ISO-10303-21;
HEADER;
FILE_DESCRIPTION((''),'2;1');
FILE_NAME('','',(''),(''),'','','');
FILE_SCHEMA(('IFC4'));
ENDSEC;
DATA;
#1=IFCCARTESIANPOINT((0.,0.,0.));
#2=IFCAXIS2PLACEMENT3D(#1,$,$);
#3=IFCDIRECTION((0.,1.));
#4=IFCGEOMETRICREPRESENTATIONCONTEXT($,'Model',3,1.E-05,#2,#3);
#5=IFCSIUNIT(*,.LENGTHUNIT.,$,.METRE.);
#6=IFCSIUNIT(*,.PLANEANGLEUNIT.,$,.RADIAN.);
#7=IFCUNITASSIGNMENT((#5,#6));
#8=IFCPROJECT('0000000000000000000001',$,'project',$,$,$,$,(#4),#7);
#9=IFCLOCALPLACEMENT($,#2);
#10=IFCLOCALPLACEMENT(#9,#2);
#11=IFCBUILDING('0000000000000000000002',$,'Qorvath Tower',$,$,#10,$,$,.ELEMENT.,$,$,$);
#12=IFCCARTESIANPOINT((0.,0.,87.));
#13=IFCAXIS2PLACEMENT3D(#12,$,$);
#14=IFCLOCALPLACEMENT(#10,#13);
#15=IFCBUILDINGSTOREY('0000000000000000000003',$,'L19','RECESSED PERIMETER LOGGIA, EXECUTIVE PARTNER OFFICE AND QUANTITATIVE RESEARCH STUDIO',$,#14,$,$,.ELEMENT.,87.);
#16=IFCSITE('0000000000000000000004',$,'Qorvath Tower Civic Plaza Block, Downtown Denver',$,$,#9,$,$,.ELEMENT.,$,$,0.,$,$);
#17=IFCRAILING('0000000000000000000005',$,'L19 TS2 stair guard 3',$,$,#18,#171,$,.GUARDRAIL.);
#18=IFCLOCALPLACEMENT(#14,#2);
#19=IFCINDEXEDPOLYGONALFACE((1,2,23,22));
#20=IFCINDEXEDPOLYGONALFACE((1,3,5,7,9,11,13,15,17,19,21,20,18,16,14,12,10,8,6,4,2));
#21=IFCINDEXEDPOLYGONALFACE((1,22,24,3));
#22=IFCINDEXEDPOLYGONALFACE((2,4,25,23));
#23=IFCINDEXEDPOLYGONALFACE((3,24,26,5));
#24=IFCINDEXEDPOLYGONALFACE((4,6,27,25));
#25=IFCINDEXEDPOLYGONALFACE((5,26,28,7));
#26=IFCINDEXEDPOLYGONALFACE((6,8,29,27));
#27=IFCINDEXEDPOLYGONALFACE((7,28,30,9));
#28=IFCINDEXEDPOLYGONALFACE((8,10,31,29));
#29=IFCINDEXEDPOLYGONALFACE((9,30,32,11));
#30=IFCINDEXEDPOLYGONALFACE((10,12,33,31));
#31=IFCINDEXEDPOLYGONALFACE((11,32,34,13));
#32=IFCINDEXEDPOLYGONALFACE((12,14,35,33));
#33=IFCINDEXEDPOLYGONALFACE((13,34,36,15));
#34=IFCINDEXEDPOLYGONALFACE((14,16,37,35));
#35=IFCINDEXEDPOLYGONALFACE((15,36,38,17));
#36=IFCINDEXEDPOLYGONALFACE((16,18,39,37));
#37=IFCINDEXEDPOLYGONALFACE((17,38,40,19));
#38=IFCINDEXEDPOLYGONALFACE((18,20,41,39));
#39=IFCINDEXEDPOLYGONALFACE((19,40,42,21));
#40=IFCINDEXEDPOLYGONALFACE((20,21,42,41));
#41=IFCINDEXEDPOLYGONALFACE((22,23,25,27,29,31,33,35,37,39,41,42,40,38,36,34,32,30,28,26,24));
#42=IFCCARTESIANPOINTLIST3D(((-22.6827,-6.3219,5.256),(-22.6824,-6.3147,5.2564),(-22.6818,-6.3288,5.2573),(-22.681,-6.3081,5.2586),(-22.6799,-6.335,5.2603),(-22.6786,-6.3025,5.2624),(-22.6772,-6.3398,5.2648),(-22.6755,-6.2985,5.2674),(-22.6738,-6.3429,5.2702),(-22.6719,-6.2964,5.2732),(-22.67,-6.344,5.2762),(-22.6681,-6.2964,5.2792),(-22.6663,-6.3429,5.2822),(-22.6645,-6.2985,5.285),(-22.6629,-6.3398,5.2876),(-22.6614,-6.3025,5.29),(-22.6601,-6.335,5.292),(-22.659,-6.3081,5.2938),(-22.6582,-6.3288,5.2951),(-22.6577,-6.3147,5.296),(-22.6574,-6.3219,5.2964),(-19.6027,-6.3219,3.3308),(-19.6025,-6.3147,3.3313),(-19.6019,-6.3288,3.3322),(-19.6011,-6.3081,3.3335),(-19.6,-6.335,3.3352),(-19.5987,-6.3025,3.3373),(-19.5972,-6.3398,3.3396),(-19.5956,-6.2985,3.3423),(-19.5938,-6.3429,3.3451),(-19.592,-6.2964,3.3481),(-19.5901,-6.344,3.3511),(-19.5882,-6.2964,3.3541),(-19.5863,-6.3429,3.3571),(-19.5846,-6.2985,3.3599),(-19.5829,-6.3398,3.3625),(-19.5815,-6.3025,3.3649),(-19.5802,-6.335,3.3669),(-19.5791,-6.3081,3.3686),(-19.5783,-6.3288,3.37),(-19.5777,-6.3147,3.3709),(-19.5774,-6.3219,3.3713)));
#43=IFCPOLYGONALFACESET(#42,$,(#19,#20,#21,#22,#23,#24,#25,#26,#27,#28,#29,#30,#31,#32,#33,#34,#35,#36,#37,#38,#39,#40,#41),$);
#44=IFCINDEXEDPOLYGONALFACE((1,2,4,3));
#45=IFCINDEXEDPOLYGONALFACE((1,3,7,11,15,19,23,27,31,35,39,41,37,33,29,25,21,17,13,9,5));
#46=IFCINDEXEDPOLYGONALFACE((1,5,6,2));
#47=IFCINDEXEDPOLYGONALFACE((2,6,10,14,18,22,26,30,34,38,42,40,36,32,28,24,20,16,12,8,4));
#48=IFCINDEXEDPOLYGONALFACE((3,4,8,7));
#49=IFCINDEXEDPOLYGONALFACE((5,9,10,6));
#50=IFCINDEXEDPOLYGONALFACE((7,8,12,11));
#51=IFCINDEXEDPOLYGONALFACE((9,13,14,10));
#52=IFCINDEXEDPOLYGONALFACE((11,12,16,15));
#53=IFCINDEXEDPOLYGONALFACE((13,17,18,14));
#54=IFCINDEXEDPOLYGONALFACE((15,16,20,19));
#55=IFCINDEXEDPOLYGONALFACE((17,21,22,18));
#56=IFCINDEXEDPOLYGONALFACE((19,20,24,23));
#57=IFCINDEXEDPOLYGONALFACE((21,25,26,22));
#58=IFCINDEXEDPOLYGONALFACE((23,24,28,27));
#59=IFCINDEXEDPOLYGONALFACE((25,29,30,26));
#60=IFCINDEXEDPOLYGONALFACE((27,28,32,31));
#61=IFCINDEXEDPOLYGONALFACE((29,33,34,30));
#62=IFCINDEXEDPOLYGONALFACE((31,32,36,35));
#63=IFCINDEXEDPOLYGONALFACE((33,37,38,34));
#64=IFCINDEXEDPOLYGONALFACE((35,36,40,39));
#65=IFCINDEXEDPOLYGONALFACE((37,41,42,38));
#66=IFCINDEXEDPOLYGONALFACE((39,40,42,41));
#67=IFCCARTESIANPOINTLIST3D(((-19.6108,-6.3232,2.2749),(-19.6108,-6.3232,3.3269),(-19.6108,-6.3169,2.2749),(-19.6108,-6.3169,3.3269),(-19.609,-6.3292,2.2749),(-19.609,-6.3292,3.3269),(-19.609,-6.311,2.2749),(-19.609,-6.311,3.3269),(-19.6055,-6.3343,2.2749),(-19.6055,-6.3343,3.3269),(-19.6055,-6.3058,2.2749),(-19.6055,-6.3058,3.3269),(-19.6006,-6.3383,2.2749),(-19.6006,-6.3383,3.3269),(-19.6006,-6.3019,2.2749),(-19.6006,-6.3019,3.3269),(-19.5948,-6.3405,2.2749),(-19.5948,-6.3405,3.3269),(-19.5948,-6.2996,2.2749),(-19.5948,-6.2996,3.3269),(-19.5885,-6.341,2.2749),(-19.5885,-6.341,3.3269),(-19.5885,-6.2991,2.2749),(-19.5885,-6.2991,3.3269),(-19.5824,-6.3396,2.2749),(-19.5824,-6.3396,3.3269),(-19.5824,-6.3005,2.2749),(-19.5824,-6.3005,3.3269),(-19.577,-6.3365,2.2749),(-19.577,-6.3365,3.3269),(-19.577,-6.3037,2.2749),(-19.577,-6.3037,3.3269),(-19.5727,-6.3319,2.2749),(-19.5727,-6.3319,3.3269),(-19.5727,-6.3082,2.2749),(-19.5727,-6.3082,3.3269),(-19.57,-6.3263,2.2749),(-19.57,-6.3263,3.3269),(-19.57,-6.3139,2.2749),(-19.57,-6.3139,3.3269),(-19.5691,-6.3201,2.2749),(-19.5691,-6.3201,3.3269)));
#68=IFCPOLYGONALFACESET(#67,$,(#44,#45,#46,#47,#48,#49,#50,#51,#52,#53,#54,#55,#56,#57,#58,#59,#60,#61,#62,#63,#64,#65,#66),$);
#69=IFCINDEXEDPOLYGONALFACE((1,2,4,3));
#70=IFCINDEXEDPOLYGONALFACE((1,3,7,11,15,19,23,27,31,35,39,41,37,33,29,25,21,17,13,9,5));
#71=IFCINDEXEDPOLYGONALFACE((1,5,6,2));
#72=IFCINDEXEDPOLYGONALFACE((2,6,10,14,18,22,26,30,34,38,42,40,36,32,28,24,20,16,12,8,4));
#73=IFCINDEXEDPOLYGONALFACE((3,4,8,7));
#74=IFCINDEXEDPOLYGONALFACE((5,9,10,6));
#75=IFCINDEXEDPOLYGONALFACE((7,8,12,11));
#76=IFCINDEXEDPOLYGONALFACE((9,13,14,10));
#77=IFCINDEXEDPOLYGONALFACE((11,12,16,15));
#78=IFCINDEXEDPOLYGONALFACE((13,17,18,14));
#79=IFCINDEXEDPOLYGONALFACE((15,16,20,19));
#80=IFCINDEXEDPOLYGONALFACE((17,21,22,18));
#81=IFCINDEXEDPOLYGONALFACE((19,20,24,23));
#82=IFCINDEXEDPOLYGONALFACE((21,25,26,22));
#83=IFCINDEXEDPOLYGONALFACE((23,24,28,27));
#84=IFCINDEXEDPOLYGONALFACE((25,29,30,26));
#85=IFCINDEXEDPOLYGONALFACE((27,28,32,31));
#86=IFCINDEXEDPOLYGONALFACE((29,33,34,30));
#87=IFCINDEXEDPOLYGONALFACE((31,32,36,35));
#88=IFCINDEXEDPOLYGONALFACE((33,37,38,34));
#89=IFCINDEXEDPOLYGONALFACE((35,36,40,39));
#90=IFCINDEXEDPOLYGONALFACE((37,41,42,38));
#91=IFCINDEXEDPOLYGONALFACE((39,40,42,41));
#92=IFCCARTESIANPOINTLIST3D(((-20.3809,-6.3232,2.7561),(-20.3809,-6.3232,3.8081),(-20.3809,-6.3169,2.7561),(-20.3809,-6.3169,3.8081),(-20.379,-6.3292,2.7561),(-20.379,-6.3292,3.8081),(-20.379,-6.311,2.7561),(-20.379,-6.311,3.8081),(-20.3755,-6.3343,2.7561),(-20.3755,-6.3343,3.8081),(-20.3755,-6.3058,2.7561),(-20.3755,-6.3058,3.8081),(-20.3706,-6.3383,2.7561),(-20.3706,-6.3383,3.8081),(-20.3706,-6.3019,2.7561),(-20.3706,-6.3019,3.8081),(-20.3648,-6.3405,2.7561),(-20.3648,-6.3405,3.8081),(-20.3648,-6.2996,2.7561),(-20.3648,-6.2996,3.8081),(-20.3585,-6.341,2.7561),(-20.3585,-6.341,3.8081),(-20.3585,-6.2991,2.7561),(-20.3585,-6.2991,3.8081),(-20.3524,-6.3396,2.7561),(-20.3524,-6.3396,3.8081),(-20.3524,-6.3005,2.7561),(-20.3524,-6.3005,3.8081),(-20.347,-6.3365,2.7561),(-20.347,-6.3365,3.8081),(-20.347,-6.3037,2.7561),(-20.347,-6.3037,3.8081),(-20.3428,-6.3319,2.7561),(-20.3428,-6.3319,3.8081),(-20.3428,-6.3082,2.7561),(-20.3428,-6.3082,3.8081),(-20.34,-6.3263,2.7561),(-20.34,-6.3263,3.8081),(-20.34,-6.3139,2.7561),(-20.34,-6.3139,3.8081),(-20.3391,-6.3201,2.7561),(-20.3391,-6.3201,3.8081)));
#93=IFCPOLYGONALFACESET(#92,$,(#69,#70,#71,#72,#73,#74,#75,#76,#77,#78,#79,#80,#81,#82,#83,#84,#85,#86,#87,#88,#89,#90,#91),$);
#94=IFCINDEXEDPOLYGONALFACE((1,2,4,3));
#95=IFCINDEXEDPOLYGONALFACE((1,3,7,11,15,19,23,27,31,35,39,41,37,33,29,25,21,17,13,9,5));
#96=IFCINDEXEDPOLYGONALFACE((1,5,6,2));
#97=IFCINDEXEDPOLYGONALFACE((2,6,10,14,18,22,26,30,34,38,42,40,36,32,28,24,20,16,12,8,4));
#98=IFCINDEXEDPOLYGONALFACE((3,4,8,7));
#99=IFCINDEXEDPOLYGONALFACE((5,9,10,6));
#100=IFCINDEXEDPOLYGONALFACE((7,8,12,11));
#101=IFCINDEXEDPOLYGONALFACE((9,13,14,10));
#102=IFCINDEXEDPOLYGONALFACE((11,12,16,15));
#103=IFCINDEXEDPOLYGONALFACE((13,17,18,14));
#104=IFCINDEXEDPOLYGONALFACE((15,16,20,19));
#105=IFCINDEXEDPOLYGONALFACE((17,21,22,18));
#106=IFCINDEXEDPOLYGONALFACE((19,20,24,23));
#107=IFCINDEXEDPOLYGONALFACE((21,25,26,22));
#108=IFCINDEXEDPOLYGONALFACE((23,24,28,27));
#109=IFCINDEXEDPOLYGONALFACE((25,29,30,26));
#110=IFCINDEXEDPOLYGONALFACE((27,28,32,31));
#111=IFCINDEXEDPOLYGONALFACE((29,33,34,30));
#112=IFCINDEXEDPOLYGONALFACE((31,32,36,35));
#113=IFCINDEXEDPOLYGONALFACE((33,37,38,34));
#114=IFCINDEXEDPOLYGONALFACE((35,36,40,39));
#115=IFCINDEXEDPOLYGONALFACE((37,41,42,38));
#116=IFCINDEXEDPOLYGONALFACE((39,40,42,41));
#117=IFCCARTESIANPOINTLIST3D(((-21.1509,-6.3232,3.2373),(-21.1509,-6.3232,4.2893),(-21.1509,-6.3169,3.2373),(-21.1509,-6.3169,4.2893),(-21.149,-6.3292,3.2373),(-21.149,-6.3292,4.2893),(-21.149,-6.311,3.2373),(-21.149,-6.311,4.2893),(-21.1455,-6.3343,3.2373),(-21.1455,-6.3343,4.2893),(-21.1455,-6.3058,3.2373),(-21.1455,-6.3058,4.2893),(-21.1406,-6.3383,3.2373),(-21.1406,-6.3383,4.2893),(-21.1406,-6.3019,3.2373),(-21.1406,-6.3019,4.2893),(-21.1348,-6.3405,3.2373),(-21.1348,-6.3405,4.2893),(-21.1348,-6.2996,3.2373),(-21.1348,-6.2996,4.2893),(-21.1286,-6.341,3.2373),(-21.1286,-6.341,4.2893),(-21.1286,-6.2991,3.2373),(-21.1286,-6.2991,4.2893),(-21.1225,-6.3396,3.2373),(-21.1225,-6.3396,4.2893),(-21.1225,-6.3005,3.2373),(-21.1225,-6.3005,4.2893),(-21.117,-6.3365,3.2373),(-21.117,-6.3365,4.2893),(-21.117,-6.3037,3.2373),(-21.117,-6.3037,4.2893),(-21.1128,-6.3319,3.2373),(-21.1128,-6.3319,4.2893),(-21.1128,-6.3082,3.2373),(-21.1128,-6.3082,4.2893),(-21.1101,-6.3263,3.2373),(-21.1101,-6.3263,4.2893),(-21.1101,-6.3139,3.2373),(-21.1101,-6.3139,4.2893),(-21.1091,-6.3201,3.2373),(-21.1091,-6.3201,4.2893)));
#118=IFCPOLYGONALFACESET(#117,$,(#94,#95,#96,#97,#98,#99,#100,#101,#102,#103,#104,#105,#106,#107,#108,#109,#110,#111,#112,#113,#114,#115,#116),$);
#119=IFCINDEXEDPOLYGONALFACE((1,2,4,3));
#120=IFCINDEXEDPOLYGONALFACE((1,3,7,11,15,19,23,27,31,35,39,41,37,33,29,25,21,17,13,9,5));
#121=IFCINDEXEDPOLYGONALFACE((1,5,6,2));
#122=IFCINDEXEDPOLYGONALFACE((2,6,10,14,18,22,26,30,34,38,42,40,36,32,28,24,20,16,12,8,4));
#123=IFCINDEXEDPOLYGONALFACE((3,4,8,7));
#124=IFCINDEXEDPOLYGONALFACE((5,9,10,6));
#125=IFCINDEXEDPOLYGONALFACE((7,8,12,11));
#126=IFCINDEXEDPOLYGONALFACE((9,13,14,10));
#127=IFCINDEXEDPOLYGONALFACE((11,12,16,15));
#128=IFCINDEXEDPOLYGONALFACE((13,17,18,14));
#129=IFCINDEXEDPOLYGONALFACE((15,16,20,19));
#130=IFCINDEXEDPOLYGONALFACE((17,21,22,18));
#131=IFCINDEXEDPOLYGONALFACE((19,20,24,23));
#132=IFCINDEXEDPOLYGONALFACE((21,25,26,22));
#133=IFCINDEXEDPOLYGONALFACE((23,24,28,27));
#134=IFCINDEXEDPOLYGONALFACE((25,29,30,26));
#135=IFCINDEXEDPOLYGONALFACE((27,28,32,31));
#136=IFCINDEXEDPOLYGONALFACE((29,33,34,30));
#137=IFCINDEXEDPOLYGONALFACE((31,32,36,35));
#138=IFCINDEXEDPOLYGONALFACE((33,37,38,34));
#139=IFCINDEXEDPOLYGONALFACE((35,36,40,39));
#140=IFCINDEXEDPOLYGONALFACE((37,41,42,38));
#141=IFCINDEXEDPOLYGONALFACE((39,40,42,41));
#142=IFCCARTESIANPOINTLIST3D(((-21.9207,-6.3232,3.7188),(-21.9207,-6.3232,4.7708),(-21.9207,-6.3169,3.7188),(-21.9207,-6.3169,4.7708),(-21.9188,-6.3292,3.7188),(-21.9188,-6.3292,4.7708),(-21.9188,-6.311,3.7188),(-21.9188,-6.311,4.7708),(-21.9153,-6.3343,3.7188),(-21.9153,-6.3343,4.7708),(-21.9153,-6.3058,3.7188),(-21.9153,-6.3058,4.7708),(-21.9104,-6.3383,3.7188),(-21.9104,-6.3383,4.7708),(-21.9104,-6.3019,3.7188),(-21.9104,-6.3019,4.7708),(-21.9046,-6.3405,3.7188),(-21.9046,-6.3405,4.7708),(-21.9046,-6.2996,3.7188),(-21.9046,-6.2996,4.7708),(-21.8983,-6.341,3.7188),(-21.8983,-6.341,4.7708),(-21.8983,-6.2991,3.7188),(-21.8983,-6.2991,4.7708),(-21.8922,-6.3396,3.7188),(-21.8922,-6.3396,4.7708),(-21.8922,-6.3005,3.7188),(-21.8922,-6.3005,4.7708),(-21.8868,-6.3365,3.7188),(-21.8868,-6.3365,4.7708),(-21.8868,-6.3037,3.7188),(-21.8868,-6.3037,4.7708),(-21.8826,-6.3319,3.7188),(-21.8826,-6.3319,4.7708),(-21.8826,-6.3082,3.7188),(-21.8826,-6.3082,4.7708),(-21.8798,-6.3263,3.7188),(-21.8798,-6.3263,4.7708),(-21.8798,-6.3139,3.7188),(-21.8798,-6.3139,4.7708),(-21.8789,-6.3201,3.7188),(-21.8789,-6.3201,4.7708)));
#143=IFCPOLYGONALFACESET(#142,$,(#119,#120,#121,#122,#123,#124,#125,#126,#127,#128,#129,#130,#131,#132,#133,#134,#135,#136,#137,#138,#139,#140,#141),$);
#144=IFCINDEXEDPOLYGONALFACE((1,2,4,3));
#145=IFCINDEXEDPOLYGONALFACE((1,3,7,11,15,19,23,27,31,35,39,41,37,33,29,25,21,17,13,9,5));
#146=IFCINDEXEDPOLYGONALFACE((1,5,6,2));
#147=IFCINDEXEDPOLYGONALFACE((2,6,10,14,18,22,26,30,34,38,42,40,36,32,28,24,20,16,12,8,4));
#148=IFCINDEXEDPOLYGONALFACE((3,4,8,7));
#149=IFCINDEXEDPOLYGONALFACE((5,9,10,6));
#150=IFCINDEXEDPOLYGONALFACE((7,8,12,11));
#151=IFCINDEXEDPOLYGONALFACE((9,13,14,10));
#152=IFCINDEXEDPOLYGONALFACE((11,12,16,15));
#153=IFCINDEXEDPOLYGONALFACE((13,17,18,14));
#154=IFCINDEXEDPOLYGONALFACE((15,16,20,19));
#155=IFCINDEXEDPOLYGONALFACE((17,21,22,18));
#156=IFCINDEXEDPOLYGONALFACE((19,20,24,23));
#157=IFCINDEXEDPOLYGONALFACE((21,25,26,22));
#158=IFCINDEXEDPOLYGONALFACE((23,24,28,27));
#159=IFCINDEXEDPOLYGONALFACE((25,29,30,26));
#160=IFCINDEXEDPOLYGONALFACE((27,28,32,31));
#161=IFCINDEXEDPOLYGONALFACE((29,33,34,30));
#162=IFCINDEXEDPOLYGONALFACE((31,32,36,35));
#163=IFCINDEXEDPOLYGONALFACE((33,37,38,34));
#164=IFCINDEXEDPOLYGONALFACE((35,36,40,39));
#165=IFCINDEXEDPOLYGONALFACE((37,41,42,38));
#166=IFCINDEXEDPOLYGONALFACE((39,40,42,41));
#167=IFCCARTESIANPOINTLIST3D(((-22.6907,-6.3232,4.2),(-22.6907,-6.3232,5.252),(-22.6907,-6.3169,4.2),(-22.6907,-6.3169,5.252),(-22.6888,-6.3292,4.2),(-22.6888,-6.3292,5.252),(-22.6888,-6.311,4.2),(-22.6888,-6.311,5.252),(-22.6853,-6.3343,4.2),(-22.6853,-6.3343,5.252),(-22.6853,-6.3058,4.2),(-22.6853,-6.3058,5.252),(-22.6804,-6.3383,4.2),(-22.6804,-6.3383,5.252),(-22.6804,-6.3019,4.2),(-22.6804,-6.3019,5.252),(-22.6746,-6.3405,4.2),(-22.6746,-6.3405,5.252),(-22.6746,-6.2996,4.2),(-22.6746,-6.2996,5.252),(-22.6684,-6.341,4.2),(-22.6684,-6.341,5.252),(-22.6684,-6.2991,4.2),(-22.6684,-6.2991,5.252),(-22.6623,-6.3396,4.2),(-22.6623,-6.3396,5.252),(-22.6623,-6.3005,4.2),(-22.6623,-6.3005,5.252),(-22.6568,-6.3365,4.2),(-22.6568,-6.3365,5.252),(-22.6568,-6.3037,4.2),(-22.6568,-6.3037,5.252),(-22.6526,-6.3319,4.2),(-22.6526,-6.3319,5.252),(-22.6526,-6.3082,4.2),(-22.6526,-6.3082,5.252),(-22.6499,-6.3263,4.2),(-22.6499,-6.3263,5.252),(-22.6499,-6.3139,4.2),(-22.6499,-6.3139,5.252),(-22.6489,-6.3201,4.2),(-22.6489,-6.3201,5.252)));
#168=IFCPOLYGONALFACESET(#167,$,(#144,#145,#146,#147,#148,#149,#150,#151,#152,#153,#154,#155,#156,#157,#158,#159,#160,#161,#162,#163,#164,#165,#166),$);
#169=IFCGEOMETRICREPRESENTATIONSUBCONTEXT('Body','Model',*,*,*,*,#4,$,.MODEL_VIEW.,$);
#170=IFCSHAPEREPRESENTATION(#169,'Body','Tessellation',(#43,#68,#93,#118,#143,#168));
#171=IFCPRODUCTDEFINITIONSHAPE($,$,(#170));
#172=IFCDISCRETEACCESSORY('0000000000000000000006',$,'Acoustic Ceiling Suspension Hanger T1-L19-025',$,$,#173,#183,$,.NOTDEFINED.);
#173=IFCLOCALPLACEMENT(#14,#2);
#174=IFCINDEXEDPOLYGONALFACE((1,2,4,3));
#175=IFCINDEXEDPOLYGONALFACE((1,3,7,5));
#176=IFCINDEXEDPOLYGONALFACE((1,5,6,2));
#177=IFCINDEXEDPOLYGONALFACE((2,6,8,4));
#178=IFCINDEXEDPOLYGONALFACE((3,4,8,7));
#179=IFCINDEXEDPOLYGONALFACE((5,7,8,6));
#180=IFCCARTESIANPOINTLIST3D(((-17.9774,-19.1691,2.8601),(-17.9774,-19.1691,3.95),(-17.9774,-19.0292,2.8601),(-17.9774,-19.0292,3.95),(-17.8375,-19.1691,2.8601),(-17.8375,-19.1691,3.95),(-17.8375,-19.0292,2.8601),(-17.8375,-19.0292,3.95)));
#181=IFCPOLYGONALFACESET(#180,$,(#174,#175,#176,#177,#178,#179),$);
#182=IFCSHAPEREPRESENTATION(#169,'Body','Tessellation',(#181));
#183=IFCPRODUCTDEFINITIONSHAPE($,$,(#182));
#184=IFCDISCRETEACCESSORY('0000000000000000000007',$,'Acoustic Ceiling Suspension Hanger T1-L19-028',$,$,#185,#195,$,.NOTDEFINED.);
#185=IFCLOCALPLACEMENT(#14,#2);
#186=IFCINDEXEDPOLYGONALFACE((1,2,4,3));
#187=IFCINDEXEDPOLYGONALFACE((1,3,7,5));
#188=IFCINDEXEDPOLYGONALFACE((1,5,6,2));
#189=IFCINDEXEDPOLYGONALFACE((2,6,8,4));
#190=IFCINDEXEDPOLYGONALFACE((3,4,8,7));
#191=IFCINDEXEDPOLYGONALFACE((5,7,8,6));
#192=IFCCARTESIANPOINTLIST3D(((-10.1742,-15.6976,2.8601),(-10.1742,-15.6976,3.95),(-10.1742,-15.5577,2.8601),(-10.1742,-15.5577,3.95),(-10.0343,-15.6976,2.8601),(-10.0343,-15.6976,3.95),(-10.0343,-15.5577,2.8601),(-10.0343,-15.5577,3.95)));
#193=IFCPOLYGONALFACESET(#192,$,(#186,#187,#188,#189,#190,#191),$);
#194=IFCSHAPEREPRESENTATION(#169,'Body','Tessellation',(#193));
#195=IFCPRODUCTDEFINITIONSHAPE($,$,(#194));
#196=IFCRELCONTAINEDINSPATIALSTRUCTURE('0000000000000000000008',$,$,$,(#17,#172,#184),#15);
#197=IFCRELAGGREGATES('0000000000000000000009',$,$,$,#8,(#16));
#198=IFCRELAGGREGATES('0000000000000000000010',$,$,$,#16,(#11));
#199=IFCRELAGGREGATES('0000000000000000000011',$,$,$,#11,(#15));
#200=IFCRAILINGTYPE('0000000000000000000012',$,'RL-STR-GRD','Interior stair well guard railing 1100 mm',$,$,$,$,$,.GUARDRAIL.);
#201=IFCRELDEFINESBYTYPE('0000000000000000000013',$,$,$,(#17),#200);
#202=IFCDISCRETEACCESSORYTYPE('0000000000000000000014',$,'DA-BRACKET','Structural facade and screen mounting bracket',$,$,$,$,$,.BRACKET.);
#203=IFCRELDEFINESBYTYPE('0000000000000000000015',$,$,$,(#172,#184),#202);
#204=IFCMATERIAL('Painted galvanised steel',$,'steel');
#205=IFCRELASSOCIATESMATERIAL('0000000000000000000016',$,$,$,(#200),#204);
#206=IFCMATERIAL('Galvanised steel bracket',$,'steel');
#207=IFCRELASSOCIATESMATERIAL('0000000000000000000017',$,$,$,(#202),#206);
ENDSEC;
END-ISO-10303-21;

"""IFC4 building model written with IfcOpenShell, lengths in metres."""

from ifc_helpers import new_model, si_unit, direction, frame, origin, origin_2d, place, context, subcontext, project, spatial, rectangle, circle, extrude, material, type_object, element, save


model = new_model("IFC4")

# Units and contexts
model_context = context("Model", 3, precision=1e-05, world=origin(), true_north=direction((0.0, 1.0)))
body_context = subcontext(model_context, "Body", "Model", "MODEL_VIEW")
ifc_project = project(units=[si_unit("LENGTHUNIT", "METRE"), si_unit("PLANEANGLEUNIT", "RADIAN")], contexts=[model_context])

# Site, building, storey
site_placement = place(None, origin())
site = spatial("IfcSite", under=ifc_project, at=site_placement, Name="Qorvath Tower Civic Plaza Block, Downtown Denver", CompositionType="ELEMENT", RefElevation=0.0)
building_placement = place(site_placement, origin())
building = spatial("IfcBuilding", under=site, at=building_placement, Name="Qorvath Tower", CompositionType="ELEMENT")
storey_placement = place(building_placement, frame((0.0, 0.0, 87.0)))
storey = spatial("IfcBuildingStorey", under=building, at=storey_placement, Name="L19", Description="RECESSED PERIMETER LOGGIA, EXECUTIVE PARTNER OFFICE AND QUANTITATIVE RESEARCH STUDIO", CompositionType="ELEMENT", Elevation=87.0)

# Railing
ifc_material_1 = material(Name="Painted galvanised steel", Category="steel")
railing_type = type_object("IfcRailingType", Name="RL-STR-GRD", Description="Interior stair well guard railing 1100 mm", PredefinedType="GUARDRAIL", material=ifc_material_1)
railing_1_placement = place(storey_placement, frame((-19.5901, -6.3201, 2.2749)))
element("IfcRailing", 1, at=railing_1_placement, inside=storey, type_object=railing_type, Name="L19 TS2 stair guard 3", PredefinedType="GUARDRAIL", context=body_context, shape_type="SweptSolid", body=[
    extrude(circle(Radius=0.0239, at=origin_2d()), frame((0.0, 0.0, 1.0762), z_axis=(-0.847979, 0.0, 0.530029), x_axis=(0.0, -1.0, 0.0)), (0.0, 0.0, 1.0), 3.6321),
    extrude(circle(Radius=0.021, at=origin_2d()), origin(), (0.0, 0.0, 1.0), 1.052),
    extrude(circle(Radius=0.021, at=origin_2d()), frame((-0.77, 0.0, 0.4812)), (0.0, 0.0, 1.0), 1.052),
    extrude(circle(Radius=0.021, at=origin_2d()), frame((-1.54, 0.0, 0.9624)), (0.0, 0.0, 1.0), 1.052),
    extrude(circle(Radius=0.021, at=origin_2d()), frame((-2.3098, 0.0, 1.4438)), (0.0, 0.0, 1.0), 1.052),
    extrude(circle(Radius=0.021, at=origin_2d()), frame((-3.0798, 0.0, 1.925)), (0.0, 0.0, 1.0), 1.052),
])

# Discrete accessories
ifc_material_2 = material(Name="Galvanised steel bracket", Category="steel")
discrete_accessory_type = type_object("IfcDiscreteAccessoryType", Name="DA-BRACKET", Description="Structural facade and screen mounting bracket", PredefinedType="BRACKET", material=ifc_material_2)
for number, where, z_axis, x_axis, name in (
    (2, (-17.9075, -19.0991, 2.8601), (0.0, 0.0, 1.0), (1.0, 0.0, 0.0), "Acoustic Ceiling Suspension Hanger T1-L19-025"),
    (3, (-10.1042, -15.6277, 2.8601), (0.0, 0.0, 1.0), (1.0, 0.0, 0.0), "Acoustic Ceiling Suspension Hanger T1-L19-028"),
):
    element("IfcDiscreteAccessory", number, at=place(storey_placement, frame(where, z_axis=z_axis, x_axis=x_axis)), inside=storey, type_object=discrete_accessory_type, Name=name, PredefinedType="NOTDEFINED", context=body_context, shape_type="SweptSolid", body=[
        extrude(rectangle(XDim=0.1399, YDim=0.1399, at=origin_2d()), origin(), (0.0, 0.0, 1.0), 1.0898),
    ])

save(model, "model.ifc")
